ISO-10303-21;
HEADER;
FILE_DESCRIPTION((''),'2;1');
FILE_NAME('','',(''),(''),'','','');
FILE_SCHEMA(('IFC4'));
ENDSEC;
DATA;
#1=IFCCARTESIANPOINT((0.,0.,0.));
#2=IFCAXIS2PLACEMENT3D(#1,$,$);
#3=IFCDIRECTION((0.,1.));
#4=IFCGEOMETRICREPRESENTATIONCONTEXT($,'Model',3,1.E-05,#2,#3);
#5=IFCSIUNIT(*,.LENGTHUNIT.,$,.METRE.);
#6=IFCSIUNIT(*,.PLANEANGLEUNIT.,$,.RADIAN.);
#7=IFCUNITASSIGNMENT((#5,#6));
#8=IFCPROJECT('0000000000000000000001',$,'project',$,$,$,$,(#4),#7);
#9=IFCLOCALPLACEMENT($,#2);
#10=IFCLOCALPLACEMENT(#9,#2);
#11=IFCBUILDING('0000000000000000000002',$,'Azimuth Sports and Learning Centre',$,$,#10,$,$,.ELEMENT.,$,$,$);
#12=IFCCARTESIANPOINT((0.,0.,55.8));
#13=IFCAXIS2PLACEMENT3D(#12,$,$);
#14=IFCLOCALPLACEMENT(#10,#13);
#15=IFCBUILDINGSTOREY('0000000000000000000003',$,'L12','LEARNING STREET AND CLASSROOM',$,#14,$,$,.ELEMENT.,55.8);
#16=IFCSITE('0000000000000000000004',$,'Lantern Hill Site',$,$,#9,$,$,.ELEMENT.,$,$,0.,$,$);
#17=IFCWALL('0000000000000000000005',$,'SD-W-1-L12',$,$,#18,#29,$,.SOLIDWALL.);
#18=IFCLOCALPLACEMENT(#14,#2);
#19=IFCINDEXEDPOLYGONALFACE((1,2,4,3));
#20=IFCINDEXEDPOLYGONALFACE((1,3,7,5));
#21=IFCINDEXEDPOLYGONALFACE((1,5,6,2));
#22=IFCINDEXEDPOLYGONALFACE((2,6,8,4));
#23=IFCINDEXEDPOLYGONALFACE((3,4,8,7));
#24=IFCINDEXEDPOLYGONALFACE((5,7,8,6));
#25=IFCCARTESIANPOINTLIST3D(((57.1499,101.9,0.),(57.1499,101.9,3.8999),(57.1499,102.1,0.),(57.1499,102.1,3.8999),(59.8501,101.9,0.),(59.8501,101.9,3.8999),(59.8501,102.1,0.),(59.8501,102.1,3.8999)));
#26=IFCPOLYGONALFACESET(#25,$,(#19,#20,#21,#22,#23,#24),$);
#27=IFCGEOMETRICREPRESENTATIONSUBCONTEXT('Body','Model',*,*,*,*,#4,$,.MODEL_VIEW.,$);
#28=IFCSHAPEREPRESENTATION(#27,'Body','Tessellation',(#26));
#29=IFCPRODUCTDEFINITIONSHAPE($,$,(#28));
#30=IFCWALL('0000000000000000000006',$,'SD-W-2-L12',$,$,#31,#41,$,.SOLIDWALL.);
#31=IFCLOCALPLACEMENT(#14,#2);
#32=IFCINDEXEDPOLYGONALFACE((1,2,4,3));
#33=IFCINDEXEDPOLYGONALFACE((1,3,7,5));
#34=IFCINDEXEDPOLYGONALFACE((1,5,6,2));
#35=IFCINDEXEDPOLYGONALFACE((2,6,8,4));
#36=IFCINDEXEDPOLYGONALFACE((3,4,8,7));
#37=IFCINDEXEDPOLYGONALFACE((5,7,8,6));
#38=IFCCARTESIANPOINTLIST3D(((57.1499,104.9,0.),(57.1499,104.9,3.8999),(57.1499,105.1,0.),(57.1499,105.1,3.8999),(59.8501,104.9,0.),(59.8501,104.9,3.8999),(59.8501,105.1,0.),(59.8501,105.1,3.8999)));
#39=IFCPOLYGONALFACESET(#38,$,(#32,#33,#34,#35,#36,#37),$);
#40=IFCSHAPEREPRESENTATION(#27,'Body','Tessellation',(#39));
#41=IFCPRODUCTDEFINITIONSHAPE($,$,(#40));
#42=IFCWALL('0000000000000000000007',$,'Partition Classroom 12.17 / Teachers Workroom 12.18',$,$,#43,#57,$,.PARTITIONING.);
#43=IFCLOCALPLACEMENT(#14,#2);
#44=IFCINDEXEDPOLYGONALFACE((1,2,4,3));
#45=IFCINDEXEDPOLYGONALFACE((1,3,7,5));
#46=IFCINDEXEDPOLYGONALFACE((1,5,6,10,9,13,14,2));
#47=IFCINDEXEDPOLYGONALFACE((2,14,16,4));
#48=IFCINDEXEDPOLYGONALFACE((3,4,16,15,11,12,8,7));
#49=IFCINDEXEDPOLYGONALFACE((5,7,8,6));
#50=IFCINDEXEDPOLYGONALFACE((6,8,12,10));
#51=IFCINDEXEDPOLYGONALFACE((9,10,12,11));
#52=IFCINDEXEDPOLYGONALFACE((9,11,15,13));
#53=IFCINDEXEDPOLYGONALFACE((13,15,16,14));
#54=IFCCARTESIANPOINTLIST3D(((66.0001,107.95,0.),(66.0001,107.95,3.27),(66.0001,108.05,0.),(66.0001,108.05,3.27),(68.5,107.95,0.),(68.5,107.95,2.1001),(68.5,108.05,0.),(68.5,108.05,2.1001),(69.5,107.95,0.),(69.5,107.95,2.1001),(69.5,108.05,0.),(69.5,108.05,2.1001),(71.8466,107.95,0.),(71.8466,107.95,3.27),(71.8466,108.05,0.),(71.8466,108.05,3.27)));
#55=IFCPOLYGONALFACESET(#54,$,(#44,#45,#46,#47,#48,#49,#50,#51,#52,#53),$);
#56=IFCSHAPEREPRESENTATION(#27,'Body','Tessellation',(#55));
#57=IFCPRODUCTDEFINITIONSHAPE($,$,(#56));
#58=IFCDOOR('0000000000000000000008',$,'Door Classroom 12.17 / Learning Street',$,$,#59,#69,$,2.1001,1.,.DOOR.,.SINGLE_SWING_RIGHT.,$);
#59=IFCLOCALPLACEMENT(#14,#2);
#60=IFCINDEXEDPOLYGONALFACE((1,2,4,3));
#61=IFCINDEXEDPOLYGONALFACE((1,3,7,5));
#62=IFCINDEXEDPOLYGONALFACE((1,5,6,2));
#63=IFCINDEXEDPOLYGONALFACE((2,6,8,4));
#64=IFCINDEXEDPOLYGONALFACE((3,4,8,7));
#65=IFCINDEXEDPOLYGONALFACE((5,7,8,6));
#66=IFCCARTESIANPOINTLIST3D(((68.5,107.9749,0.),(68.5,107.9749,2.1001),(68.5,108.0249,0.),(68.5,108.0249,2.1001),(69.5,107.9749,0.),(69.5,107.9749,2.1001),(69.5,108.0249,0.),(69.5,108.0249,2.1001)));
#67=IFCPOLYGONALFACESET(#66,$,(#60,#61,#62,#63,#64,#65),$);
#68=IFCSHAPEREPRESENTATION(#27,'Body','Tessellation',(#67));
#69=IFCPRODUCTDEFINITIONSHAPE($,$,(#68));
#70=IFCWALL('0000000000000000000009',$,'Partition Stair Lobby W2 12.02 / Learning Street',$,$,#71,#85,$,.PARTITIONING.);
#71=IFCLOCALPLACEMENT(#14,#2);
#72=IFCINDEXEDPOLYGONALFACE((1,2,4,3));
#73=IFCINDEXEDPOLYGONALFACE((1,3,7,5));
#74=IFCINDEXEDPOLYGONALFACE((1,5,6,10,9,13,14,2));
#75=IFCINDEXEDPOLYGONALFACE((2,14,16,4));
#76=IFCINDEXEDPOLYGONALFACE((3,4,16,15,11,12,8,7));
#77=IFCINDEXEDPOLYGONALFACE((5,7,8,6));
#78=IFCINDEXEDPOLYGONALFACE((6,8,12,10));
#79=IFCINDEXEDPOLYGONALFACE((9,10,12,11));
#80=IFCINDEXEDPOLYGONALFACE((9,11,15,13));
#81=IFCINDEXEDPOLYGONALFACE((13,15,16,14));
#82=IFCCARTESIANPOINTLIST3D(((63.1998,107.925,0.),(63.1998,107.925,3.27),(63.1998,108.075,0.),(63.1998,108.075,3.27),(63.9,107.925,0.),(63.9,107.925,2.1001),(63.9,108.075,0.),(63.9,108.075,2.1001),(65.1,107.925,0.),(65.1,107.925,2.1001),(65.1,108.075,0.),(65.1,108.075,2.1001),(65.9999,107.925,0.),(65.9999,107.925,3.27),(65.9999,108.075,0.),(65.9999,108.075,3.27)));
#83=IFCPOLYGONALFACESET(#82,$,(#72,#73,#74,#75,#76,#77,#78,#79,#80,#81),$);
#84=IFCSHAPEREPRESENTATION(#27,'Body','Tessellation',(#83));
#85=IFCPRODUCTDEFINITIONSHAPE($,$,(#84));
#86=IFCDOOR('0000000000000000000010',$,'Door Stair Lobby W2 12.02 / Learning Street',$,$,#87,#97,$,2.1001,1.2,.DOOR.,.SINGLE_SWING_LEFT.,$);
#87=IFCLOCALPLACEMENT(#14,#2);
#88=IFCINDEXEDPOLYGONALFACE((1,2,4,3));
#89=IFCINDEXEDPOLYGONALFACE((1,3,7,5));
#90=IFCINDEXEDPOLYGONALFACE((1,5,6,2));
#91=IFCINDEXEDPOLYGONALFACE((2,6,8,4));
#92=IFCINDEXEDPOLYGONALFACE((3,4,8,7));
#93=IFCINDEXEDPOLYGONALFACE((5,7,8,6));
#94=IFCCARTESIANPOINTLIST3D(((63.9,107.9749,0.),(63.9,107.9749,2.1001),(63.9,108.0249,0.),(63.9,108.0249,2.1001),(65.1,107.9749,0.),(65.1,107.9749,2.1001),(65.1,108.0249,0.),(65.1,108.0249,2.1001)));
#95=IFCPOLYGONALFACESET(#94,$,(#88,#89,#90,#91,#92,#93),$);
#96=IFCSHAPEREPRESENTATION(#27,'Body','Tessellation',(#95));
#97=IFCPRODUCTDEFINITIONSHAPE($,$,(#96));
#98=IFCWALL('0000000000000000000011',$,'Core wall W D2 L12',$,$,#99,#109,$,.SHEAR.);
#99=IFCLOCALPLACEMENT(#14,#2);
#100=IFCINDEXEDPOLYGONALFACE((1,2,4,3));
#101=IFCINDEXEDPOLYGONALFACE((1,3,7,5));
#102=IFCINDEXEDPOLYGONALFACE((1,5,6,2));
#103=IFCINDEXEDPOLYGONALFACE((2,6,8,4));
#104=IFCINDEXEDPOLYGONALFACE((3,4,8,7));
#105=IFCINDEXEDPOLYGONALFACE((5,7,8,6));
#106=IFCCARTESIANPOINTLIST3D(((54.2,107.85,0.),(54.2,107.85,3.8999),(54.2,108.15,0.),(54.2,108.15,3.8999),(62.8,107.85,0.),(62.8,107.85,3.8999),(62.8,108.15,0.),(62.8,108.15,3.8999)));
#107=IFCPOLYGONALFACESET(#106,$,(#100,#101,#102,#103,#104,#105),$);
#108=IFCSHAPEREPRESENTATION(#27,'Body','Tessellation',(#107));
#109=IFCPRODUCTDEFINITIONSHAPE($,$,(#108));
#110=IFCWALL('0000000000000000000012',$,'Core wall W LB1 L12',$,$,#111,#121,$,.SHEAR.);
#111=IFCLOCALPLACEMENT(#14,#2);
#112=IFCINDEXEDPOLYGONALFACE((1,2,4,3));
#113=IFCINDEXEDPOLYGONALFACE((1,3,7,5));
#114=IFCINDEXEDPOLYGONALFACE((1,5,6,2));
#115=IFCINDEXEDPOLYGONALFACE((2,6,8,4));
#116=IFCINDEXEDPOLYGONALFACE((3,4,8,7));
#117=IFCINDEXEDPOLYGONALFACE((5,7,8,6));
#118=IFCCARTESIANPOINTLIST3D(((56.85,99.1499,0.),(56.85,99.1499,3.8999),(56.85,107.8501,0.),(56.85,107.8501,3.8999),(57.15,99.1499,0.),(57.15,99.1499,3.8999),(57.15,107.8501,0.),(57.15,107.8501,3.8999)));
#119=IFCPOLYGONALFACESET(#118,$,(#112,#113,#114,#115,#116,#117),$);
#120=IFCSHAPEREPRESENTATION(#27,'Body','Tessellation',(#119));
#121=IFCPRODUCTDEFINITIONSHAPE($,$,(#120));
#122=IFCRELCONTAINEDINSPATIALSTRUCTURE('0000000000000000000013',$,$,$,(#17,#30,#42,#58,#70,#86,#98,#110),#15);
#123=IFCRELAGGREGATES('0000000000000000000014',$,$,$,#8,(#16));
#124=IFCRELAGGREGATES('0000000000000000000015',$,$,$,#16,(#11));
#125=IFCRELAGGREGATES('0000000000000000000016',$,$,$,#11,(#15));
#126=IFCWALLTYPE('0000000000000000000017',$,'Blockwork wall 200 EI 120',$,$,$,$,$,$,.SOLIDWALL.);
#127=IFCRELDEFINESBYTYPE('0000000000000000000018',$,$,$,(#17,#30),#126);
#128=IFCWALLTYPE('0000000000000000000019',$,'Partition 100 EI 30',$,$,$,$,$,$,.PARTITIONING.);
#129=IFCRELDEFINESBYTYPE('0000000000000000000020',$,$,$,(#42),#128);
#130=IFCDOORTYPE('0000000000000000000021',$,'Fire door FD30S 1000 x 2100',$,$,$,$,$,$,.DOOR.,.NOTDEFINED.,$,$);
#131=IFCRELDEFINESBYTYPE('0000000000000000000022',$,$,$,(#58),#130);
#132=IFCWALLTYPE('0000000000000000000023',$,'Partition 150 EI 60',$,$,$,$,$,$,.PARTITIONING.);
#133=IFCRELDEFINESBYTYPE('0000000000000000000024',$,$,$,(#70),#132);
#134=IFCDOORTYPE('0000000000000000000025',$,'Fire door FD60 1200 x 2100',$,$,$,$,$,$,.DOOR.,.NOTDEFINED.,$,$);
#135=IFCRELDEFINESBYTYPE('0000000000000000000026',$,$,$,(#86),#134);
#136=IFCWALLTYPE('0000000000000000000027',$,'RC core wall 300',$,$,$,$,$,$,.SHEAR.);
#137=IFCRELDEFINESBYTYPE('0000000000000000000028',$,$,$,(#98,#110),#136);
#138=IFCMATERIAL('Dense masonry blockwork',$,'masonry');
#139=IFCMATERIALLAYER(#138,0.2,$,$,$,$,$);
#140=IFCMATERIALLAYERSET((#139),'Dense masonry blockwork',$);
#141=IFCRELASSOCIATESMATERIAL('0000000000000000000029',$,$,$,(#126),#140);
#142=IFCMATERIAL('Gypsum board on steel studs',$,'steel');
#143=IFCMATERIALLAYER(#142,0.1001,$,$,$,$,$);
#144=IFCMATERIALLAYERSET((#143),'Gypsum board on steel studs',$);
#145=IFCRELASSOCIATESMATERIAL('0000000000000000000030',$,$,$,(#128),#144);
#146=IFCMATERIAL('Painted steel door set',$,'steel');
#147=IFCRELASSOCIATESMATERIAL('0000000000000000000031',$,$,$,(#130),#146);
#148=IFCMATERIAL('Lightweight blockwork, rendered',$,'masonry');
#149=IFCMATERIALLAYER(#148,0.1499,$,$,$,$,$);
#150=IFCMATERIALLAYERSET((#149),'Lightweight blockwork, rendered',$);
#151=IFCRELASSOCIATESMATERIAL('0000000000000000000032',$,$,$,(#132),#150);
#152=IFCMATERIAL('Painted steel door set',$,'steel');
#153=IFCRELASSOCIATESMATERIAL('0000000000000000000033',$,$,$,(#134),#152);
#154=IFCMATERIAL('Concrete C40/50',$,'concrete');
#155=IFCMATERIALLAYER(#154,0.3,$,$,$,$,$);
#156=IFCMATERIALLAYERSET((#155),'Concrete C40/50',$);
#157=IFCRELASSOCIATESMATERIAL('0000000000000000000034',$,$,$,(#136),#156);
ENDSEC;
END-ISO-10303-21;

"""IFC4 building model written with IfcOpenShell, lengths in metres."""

from ifc_helpers import new_model, si_unit, direction, frame, frame_2d, origin, place, context, subcontext, project, spatial, rectangle, extrude, material, layer, layer_set, type_object, element, fill, save


model = new_model("IFC4")

# Units and contexts
model_context = context("Model", 3, precision=1e-05, world=origin(), true_north=direction((0.0, 1.0)))
body_context = subcontext(model_context, "Body", "Model", "MODEL_VIEW")
ifc_project = project(units=[si_unit("LENGTHUNIT", "METRE"), si_unit("PLANEANGLEUNIT", "RADIAN")], contexts=[model_context])

# Site, building, storey
site_placement = place(None, origin())
site = spatial("IfcSite", under=ifc_project, at=site_placement, Name="Lantern Hill Site", CompositionType="ELEMENT", RefElevation=0.0)
building_placement = place(site_placement, origin())
building = spatial("IfcBuilding", under=site, at=building_placement, Name="Azimuth Sports and Learning Centre", CompositionType="ELEMENT")
storey_placement = place(building_placement, frame((0.0, 0.0, 55.8)))
storey = spatial("IfcBuildingStorey", under=building, at=storey_placement, Name="L12", Description="LEARNING STREET AND CLASSROOM", CompositionType="ELEMENT", Elevation=55.8)

# Walls
ifc_material_1 = material(Name="Dense masonry blockwork", Category="masonry")
ifc_layer_1 = layer(ifc_material_1, 0.2)
ifc_layer_set_1 = layer_set([ifc_layer_1], Name="Dense masonry blockwork")
wall_type_1 = type_object("IfcWallType", Name="Blockwork wall 200 EI 120", PredefinedType="SOLIDWALL", material=ifc_layer_set_1)
for number, where, z_axis, x_axis, name in (
    (1, (57.1499, 102.0, 0.0), (0.0, 0.0, 1.0), (1.0, 0.0, 0.0), "SD-W-1-L12"),
    (2, (57.1499, 105.0, 0.0), (0.0, 0.0, 1.0), (1.0, 0.0, 0.0), "SD-W-2-L12"),
):
    element("IfcWall", number, at=place(storey_placement, frame(where, z_axis=z_axis, x_axis=x_axis)), inside=storey, type_object=wall_type_1, Name=name, PredefinedType="SOLIDWALL", context=body_context, shape_type="SweptSolid", body=[
        extrude(rectangle(XDim=2.7002, YDim=0.2, at=frame_2d((1.3501, 0.0))), origin(), (0.0, 0.0, 1.0), 3.8999),
    ])

# Walls, openings, doors
ifc_material_2 = material(Name="Gypsum board on steel studs", Category="steel")
ifc_layer_2 = layer(ifc_material_2, 0.1001)
ifc_layer_set_2 = layer_set([ifc_layer_2], Name="Gypsum board on steel studs")
wall_type_2 = type_object("IfcWallType", Name="Partition 100 EI 30", PredefinedType="PARTITIONING", material=ifc_layer_set_2)
wall_1_placement = place(storey_placement, frame((66.0, 108.0, 0.0), z_axis=(0.0, 0.0, 1.0), x_axis=(1.0, 0.0, 0.0)))
wall_1 = element("IfcWall", 3, at=wall_1_placement, inside=storey, type_object=wall_type_2, Name="Partition Classroom 12.17 / Teachers Workroom 12.18", PredefinedType="PARTITIONING", context=body_context, shape_type="SweptSolid", body=[
    extrude(rectangle(XDim=5.8464, YDim=0.1001, at=frame_2d((2.9233, 0.0))), origin(), (0.0, 0.0, 1.0), 3.27),
])
opening_1_placement = place(wall_1_placement, frame((2.5, 0.0, 0.0)))
opening_1 = element("IfcOpeningElement", 4, at=opening_1_placement, cuts=wall_1, PredefinedType="OPENING", context=body_context, shape_type="SweptSolid", body=[
    extrude(rectangle(XDim=1.0, YDim=2.1001, at=frame_2d((0.5, 1.05))), frame((0.0, 0.061, 0.0), z_axis=(0.0, -1.0, 0.0), x_axis=(1.0, 0.0, 0.0)), (0.0, 0.0, 1.0), 0.1221),
])
ifc_material_3 = material(Name="Painted steel door set", Category="steel")
door_type_1 = type_object("IfcDoorType", Name="Fire door FD30S 1000 x 2100", OperationType="NOTDEFINED", PredefinedType="DOOR", material=ifc_material_3)
door_1_placement = place(opening_1_placement, origin())
door_1 = element("IfcDoor", 5, at=door_1_placement, inside=storey, type_object=door_type_1, Name="Door Classroom 12.17 / Learning Street", OperationType="SINGLE_SWING_RIGHT", OverallHeight=2.1001, OverallWidth=1.0, PredefinedType="DOOR", context=body_context, shape_type="SweptSolid", body=[
    extrude(rectangle(XDim=1.0, YDim=2.1001, at=frame_2d((0.5, 1.05))), frame((0.0, 0.0249, 0.0), z_axis=(0.0, -1.0, 0.0), x_axis=(1.0, 0.0, 0.0)), (0.0, 0.0, 1.0), 0.05),
])
fill(opening_1, door_1)
ifc_material_4 = material(Name="Lightweight blockwork, rendered", Category="masonry")
ifc_layer_3 = layer(ifc_material_4, 0.1499)
ifc_layer_set_3 = layer_set([ifc_layer_3], Name="Lightweight blockwork, rendered")
wall_type_3 = type_object("IfcWallType", Name="Partition 150 EI 60", PredefinedType="PARTITIONING", material=ifc_layer_set_3)
wall_2_placement = place(storey_placement, frame((63.2, 108.0, 0.0), z_axis=(0.0, 0.0, 1.0), x_axis=(1.0, 0.0, 0.0)))
wall_2 = element("IfcWall", 6, at=wall_2_placement, inside=storey, type_object=wall_type_3, Name="Partition Stair Lobby W2 12.02 / Learning Street", PredefinedType="PARTITIONING", context=body_context, shape_type="SweptSolid", body=[
    extrude(rectangle(XDim=2.8, YDim=0.1499, at=frame_2d((1.3999, 0.0))), origin(), (0.0, 0.0, 1.0), 3.27),
])
opening_2_placement = place(wall_2_placement, frame((0.7, 0.0, 0.0)))
opening_2 = element("IfcOpeningElement", 7, at=opening_2_placement, cuts=wall_2, PredefinedType="OPENING", context=body_context, shape_type="SweptSolid", body=[
    extrude(rectangle(XDim=1.2, YDim=2.1001, at=frame_2d((0.6001, 1.05))), frame((0.0, 0.0859, 0.0), z_axis=(0.0, -1.0, 0.0), x_axis=(1.0, 0.0, 0.0)), (0.0, 0.0, 1.0), 0.1719),
])
ifc_material_5 = material(Name="Painted steel door set", Category="steel")
door_type_2 = type_object("IfcDoorType", Name="Fire door FD60 1200 x 2100", OperationType="NOTDEFINED", PredefinedType="DOOR", material=ifc_material_5)
door_2_placement = place(opening_2_placement, origin())
door_2 = element("IfcDoor", 8, at=door_2_placement, inside=storey, type_object=door_type_2, Name="Door Stair Lobby W2 12.02 / Learning Street", OperationType="SINGLE_SWING_LEFT", OverallHeight=2.1001, OverallWidth=1.2, PredefinedType="DOOR", context=body_context, shape_type="SweptSolid", body=[
    extrude(rectangle(XDim=1.2, YDim=2.1001, at=frame_2d((0.6001, 1.05))), frame((0.0, 0.0249, 0.0), z_axis=(0.0, -1.0, 0.0), x_axis=(1.0, 0.0, 0.0)), (0.0, 0.0, 1.0), 0.05),
])
fill(opening_2, door_2)

# Walls
ifc_material_6 = material(Name="Concrete C40/50", Category="concrete")
ifc_layer_4 = layer(ifc_material_6, 0.3)
ifc_layer_set_4 = layer_set([ifc_layer_4], Name="Concrete C40/50")
wall_type_4 = type_object("IfcWallType", Name="RC core wall 300", PredefinedType="SHEAR", material=ifc_layer_set_4)
wall_3_placement = place(storey_placement, frame((54.2, 108.0, 0.0), z_axis=(0.0, 0.0, 1.0), x_axis=(1.0, 0.0, 0.0)))
element("IfcWall", 9, at=wall_3_placement, inside=storey, type_object=wall_type_4, Name="Core wall W D2 L12", PredefinedType="SHEAR", context=body_context, shape_type="SweptSolid", body=[
    extrude(rectangle(XDim=8.6001, YDim=0.3, at=frame_2d((4.3, 0.0))), origin(), (0.0, 0.0, 1.0), 3.8999),
])
wall_4_placement = place(storey_placement, frame((57.0, 99.1499, 0.0), z_axis=(0.0, 0.0, 1.0), x_axis=(0.0, 1.0, 0.0)))
element("IfcWall", 10, at=wall_4_placement, inside=storey, type_object=wall_type_4, Name="Core wall W LB1 L12", PredefinedType="SHEAR", context=body_context, shape_type="SweptSolid", body=[
    extrude(rectangle(XDim=8.7002, YDim=0.3, at=frame_2d((4.3501, 0.0))), origin(), (0.0, 0.0, 1.0), 3.8999),
])

save(model, "model.ifc")
